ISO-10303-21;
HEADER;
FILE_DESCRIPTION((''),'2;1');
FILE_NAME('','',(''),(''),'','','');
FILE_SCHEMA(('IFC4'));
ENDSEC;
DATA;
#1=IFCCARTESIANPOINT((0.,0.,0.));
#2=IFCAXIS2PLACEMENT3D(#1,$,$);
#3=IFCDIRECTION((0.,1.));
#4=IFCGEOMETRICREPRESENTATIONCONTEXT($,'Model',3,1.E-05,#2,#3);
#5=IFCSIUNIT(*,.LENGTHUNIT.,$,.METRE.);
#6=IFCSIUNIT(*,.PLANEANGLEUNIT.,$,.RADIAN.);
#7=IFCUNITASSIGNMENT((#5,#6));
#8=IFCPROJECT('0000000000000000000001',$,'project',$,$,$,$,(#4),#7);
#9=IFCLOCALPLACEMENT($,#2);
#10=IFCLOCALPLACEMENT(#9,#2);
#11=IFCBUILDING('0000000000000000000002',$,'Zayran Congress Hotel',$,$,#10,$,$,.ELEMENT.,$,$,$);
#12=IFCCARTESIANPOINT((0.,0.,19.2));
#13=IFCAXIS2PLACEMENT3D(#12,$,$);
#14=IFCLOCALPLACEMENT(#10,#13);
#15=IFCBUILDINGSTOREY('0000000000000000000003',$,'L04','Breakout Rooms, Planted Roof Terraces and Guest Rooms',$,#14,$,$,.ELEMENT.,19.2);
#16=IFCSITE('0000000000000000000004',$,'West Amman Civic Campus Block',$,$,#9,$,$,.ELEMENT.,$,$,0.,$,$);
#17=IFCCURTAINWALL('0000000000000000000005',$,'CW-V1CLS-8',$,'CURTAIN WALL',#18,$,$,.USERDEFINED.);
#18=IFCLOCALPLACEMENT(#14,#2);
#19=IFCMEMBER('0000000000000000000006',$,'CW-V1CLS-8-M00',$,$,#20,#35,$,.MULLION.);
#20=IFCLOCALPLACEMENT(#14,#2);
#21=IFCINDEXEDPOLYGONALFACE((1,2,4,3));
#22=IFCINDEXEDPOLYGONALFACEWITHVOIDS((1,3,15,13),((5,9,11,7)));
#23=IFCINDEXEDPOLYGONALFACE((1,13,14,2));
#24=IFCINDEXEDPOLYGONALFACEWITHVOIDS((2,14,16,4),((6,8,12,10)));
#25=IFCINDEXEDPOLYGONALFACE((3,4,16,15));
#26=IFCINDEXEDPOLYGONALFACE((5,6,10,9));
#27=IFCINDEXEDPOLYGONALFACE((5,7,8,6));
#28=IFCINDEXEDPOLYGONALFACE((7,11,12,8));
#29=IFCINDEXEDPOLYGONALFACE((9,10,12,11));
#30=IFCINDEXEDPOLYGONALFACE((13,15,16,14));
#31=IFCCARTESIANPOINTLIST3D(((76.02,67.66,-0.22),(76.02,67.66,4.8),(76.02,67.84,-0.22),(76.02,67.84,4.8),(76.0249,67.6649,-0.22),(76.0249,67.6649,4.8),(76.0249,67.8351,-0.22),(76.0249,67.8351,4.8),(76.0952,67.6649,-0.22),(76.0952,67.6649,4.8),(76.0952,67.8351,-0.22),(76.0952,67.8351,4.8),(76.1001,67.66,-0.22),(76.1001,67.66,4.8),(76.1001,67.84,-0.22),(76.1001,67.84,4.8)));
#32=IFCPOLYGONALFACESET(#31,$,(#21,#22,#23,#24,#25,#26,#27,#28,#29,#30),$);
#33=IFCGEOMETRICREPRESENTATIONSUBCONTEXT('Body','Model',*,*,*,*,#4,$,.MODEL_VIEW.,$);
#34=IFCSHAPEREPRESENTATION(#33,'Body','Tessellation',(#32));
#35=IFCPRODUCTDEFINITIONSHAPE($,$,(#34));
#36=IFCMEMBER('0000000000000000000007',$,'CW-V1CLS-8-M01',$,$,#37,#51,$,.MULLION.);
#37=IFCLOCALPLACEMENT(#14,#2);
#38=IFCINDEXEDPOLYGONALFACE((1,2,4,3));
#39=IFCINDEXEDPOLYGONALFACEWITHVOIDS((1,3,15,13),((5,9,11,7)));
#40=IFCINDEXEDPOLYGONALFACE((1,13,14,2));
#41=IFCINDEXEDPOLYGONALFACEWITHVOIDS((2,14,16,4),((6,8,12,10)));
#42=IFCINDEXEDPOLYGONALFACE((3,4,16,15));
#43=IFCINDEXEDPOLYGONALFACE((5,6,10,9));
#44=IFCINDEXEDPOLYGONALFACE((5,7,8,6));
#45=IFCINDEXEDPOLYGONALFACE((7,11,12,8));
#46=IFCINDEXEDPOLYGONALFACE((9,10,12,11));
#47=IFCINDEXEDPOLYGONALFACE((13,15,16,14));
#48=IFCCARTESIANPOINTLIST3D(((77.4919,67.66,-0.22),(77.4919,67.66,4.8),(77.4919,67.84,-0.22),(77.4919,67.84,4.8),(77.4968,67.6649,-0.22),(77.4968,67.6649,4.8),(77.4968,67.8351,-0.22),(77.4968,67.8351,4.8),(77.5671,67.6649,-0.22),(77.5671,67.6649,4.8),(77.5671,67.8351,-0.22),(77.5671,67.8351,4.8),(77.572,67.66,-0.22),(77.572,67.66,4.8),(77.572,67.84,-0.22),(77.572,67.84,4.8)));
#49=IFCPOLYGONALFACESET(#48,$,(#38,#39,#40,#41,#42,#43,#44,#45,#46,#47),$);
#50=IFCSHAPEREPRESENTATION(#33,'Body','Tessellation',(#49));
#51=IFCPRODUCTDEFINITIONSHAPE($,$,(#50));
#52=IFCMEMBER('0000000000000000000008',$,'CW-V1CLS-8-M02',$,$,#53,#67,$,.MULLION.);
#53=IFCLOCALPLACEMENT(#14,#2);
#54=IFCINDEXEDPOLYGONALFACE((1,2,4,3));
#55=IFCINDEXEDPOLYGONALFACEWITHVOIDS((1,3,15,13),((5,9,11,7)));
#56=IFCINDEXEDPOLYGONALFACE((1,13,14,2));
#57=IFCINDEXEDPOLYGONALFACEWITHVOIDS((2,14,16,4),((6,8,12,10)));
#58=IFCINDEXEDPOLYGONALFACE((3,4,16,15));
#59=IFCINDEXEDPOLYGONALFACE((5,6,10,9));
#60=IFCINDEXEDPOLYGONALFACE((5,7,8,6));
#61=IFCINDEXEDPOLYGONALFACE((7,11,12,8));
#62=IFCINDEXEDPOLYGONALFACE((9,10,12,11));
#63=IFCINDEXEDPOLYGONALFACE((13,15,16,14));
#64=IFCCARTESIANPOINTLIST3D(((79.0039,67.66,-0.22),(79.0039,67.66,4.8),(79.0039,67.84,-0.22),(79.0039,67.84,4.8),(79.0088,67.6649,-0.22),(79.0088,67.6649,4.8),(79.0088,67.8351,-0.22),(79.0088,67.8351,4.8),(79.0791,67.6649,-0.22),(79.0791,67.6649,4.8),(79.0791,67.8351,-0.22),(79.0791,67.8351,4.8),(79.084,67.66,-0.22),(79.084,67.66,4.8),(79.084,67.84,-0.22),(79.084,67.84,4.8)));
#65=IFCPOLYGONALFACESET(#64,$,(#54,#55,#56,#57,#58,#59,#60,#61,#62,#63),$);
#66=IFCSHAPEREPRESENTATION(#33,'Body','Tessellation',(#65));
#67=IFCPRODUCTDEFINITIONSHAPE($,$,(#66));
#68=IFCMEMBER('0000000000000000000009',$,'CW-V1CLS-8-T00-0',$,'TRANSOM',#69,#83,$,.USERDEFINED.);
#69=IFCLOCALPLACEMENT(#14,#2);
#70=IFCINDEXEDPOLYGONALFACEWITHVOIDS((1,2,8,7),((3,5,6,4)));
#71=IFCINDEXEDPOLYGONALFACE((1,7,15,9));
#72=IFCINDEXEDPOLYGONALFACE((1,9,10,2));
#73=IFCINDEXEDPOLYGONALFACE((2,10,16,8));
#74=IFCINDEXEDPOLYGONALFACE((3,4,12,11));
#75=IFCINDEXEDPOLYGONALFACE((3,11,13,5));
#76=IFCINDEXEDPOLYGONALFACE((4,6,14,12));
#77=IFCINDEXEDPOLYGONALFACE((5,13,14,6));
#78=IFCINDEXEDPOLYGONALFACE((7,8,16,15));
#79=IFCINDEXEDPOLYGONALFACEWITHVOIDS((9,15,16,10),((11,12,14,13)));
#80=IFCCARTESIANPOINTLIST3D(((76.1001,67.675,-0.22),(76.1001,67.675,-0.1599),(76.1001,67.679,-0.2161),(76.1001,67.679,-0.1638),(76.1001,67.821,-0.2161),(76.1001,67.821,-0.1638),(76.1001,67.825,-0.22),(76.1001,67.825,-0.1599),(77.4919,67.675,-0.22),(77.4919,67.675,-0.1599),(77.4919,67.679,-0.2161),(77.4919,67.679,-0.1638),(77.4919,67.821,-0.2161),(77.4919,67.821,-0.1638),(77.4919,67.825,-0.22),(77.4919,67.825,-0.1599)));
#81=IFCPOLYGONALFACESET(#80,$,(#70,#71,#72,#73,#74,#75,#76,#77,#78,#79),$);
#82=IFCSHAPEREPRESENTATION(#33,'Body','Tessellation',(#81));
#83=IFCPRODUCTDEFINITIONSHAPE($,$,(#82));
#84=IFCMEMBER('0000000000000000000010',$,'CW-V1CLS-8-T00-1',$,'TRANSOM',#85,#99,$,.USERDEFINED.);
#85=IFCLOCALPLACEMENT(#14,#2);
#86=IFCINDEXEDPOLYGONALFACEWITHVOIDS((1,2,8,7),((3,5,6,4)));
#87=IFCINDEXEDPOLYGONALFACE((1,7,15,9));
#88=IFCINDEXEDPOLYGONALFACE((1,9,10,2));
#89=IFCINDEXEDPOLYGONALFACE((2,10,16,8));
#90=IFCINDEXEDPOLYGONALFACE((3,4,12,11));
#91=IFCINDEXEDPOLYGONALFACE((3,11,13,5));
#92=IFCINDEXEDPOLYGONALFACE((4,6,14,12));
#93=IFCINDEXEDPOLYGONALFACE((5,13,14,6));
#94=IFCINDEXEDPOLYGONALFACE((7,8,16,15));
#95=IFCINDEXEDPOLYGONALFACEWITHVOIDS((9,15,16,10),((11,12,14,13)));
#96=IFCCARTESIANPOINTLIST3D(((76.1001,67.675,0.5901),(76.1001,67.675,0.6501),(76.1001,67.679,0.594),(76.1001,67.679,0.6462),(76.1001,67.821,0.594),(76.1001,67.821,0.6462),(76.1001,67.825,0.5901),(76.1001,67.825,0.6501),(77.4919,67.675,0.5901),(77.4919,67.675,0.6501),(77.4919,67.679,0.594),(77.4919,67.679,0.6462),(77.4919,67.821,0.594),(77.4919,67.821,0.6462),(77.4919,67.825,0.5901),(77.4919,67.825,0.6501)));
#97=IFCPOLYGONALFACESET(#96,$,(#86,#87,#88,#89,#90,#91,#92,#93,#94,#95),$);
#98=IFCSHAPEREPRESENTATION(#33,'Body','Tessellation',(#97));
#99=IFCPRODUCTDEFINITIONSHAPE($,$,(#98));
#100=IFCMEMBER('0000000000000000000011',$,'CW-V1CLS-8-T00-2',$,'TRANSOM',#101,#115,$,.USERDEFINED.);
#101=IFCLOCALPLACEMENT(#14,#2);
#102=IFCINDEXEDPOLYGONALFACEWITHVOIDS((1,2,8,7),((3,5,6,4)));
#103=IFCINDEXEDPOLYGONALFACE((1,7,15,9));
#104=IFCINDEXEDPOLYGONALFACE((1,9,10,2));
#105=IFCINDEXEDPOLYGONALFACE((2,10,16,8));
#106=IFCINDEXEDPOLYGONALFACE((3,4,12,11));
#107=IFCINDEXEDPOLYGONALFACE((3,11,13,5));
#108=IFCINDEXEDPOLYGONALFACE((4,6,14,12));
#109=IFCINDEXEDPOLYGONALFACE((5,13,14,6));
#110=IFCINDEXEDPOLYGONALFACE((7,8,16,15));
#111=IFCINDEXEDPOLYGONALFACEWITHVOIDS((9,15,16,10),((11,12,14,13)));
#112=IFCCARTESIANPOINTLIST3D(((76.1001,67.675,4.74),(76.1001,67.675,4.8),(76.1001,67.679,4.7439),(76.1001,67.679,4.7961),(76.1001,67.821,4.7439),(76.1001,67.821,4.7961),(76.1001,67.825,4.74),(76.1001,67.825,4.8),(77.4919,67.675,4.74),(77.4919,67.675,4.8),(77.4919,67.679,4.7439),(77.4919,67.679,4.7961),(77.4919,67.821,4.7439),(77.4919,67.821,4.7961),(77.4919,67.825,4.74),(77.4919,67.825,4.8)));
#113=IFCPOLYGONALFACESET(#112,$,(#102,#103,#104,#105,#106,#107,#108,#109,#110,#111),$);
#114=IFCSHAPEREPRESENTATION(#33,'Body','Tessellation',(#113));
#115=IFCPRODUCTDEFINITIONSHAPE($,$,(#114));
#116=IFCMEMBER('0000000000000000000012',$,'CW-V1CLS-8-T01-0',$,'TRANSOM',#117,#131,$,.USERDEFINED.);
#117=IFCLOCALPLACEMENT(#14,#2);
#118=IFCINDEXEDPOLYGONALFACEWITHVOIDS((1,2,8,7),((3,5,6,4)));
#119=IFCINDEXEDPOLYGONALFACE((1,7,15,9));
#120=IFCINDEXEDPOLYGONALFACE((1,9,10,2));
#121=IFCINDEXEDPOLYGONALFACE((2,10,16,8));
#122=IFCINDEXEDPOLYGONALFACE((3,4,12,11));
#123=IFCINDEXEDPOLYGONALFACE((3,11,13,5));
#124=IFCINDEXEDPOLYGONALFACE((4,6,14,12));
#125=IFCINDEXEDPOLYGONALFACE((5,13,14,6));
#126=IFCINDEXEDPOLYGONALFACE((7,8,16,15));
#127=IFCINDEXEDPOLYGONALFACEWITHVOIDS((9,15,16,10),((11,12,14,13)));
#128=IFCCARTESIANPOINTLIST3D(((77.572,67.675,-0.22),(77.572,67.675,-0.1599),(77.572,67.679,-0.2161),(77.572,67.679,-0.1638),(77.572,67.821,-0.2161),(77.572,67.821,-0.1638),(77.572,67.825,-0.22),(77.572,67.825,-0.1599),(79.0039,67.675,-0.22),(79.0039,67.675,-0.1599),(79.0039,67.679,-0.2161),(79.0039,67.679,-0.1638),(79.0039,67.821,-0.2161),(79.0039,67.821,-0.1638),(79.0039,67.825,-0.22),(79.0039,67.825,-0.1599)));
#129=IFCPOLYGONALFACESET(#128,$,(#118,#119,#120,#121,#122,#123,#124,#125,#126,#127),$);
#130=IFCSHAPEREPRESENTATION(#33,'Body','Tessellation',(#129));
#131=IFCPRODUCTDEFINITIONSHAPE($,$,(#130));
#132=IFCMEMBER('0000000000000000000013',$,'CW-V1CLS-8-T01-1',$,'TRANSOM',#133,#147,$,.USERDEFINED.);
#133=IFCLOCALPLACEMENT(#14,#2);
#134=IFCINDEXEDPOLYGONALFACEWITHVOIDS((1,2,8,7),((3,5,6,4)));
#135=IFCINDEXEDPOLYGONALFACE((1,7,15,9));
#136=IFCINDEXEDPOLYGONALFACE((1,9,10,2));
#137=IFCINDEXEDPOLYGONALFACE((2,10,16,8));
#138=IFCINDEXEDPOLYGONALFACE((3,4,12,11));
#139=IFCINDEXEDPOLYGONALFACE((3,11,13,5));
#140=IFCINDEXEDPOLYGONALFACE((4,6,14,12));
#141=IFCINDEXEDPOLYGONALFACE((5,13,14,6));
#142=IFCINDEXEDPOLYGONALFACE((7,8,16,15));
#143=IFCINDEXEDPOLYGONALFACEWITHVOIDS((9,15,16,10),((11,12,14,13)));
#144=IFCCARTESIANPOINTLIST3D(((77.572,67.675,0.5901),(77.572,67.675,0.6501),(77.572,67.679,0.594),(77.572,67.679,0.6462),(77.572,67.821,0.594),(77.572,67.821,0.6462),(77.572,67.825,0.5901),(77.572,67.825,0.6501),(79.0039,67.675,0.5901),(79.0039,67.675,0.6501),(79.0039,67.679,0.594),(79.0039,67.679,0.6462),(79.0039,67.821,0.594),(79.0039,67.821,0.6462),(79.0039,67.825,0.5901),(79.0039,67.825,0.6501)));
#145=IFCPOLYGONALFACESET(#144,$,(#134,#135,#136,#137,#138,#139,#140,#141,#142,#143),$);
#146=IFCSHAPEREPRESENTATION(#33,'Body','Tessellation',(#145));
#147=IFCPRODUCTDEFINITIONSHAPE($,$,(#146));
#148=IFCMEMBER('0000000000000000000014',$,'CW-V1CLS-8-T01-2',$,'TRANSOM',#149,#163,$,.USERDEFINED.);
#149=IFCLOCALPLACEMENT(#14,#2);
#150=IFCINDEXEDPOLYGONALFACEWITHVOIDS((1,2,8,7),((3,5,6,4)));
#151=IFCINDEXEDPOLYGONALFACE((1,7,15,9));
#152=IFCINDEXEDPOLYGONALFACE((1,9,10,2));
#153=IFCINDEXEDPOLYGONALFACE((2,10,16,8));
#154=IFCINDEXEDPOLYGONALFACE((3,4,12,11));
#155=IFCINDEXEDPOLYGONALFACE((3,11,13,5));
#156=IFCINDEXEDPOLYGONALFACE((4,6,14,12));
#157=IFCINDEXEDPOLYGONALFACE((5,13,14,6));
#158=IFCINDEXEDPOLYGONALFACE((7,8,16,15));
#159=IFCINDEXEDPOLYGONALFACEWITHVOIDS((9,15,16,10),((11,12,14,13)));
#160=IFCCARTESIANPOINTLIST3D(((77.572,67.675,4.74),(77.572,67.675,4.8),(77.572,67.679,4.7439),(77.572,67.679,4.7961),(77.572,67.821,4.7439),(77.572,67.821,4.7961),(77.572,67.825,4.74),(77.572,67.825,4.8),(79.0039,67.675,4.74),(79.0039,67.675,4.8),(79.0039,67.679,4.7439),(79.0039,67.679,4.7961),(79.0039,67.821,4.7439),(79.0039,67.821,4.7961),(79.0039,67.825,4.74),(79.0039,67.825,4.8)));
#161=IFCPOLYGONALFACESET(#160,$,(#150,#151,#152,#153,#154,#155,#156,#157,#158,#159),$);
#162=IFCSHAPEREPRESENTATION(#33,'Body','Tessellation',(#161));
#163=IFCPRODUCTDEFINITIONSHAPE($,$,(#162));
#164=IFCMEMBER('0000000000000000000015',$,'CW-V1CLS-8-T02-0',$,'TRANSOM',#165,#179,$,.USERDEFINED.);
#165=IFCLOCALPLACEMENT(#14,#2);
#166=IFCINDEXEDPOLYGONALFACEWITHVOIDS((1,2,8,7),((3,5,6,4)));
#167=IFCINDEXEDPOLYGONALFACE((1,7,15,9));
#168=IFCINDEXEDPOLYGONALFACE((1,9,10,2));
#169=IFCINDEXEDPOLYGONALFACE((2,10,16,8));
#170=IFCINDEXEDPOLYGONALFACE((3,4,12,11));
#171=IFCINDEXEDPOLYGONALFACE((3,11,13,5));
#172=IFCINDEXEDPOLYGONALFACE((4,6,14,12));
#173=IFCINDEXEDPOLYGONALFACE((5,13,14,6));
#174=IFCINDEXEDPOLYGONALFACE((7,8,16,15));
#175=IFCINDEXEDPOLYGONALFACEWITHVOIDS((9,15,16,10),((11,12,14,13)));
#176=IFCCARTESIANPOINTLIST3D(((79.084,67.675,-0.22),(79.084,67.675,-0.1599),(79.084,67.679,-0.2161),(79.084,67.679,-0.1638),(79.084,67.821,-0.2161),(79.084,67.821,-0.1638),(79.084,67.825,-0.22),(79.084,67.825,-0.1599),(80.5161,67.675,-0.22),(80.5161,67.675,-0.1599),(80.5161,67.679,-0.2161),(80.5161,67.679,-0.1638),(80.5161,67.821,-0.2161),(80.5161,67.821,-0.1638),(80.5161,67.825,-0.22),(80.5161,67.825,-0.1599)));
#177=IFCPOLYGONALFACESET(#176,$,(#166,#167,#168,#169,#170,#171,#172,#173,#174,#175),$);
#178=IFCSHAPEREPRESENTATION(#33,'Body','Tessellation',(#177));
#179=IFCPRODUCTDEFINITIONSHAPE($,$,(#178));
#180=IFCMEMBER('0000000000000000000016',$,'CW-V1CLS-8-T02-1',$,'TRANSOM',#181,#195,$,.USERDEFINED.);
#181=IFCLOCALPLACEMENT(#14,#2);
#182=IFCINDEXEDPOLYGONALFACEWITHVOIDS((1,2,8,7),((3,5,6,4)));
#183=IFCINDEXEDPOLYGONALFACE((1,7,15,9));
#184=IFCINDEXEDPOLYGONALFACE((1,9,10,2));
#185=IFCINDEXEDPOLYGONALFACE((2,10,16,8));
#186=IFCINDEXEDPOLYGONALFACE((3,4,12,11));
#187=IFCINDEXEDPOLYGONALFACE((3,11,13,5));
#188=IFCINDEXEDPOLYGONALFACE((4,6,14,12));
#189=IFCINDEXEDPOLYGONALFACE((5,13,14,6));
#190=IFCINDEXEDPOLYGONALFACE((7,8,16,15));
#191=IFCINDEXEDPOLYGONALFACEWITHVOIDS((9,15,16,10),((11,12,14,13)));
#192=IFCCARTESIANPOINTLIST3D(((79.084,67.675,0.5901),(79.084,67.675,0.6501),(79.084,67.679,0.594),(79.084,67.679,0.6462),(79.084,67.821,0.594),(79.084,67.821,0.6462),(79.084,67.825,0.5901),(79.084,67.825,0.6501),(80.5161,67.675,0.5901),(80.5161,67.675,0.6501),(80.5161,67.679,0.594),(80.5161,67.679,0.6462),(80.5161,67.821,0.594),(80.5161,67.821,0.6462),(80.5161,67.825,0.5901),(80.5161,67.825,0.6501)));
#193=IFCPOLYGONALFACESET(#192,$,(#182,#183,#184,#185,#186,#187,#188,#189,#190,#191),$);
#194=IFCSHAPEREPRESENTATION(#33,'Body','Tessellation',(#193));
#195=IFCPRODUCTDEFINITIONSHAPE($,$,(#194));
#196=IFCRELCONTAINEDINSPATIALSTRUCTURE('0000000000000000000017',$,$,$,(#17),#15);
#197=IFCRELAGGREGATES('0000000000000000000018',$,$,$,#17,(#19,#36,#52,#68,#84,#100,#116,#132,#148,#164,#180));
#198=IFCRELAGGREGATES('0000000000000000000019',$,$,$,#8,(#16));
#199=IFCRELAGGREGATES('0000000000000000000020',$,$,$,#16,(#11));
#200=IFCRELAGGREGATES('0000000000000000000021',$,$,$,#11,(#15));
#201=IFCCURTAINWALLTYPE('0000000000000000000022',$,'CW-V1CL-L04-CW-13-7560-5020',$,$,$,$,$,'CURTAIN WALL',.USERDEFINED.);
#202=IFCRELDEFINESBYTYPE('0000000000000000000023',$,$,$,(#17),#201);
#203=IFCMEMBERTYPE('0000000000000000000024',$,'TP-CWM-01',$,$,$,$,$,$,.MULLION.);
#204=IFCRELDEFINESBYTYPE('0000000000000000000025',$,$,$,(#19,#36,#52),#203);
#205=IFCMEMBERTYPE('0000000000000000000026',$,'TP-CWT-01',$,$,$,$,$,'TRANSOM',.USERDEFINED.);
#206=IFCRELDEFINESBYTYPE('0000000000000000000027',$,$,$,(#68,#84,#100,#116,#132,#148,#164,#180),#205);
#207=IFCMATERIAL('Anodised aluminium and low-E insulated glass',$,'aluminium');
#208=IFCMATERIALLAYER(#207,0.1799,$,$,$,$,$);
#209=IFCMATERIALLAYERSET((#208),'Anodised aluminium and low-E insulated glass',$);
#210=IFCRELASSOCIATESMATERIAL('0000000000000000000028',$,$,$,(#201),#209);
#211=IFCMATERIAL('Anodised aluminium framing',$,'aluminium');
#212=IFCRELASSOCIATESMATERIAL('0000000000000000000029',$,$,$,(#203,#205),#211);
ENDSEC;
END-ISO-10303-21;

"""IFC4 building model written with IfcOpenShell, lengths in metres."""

from ifc_helpers import new_model, si_unit, direction, frame, origin, origin_2d, place, context, subcontext, project, spatial, hollow_rectangle, extrude, material, layer, layer_set, material_profile, profile_set, type_object, element, aggregate, save


model = new_model("IFC4")

# Units and contexts
model_context = context("Model", 3, precision=1e-05, world=origin(), true_north=direction((0.0, 1.0)))
body_context = subcontext(model_context, "Body", "Model", "MODEL_VIEW")
ifc_project = project(units=[si_unit("LENGTHUNIT", "METRE"), si_unit("PLANEANGLEUNIT", "RADIAN")], contexts=[model_context])

# Site, building, storey
site_placement = place(None, origin())
site = spatial("IfcSite", under=ifc_project, at=site_placement, Name="West Amman Civic Campus Block", CompositionType="ELEMENT", RefElevation=0.0)
building_placement = place(site_placement, origin())
building = spatial("IfcBuilding", under=site, at=building_placement, Name="Zayran Congress Hotel", CompositionType="ELEMENT")
storey_placement = place(building_placement, frame((0.0, 0.0, 19.2)))
storey = spatial("IfcBuildingStorey", under=building, at=storey_placement, Name="L04", Description="Breakout Rooms, Planted Roof Terraces and Guest Rooms", CompositionType="ELEMENT", Elevation=19.2)

# Curtain wall, members
ifc_material_1 = material(Name="Anodised aluminium and low-E insulated glass", Category="aluminium")
ifc_layer_1 = layer(ifc_material_1, 0.1799)
ifc_layer_set_1 = layer_set([ifc_layer_1], Name="Anodised aluminium and low-E insulated glass")
curtain_wall_type = type_object("IfcCurtainWallType", Name="CW-V1CL-L04-CW-13-7560-5020", ElementType="CURTAIN WALL", PredefinedType="USERDEFINED", material=ifc_layer_set_1)
curtain_wall_placement = place(storey_placement, origin())
curtain_wall = element("IfcCurtainWall", 1, at=curtain_wall_placement, inside=storey, type_object=curtain_wall_type, Name="CW-V1CLS-8", ObjectType="CURTAIN WALL", PredefinedType="USERDEFINED")
ifc_material_2 = material(Name="Anodised aluminium framing", Category="aluminium")
ifc_material_profile_1 = material_profile(ifc_material_2, hollow_rectangle(XDim=0.0801, YDim=0.1799, WallThickness=0.0049, at=origin_2d()), Name="RHS 180x80x5")
ifc_profile_set_1 = profile_set([ifc_material_profile_1], Name="Anodised aluminium framing")
member_type_1 = type_object("IfcMemberType", Name="TP-CWM-01", PredefinedType="MULLION", material=ifc_profile_set_1)
member_1_placement = place(storey_placement, frame((76.0601, 67.75, -0.22), z_axis=(0.0, 0.0, 1.0), x_axis=(1.0, 0.0, 0.0)))
member_1 = element("IfcMember", 2, at=member_1_placement, type_object=member_type_1, Name="CW-V1CLS-8-M00", PredefinedType="MULLION", context=body_context, shape_type="SweptSolid", body=[
    extrude(hollow_rectangle(XDim=0.0801, YDim=0.1799, WallThickness=0.0049, at=origin_2d()), origin(), (0.0, 0.0, 1.0), 5.02),
])
member_2_placement = place(storey_placement, frame((77.532, 67.75, -0.22), z_axis=(0.0, 0.0, 1.0), x_axis=(1.0, 0.0, 0.0)))
member_2 = element("IfcMember", 3, at=member_2_placement, type_object=member_type_1, Name="CW-V1CLS-8-M01", PredefinedType="MULLION", context=body_context, shape_type="SweptSolid", body=[
    extrude(hollow_rectangle(XDim=0.0801, YDim=0.1799, WallThickness=0.0049, at=origin_2d()), origin(), (0.0, 0.0, 1.0), 5.02),
])
member_3_placement = place(storey_placement, frame((79.0439, 67.75, -0.22), z_axis=(0.0, 0.0, 1.0), x_axis=(1.0, 0.0, 0.0)))
member_3 = element("IfcMember", 4, at=member_3_placement, type_object=member_type_1, Name="CW-V1CLS-8-M02", PredefinedType="MULLION", context=body_context, shape_type="SweptSolid", body=[
    extrude(hollow_rectangle(XDim=0.0801, YDim=0.1799, WallThickness=0.0049, at=origin_2d()), origin(), (0.0, 0.0, 1.0), 5.02),
])
ifc_material_profile_2 = material_profile(ifc_material_2, hollow_rectangle(XDim=0.0601, YDim=0.1499, WallThickness=0.0039, at=origin_2d()), Name="RHS 150x60x4")
ifc_profile_set_2 = profile_set([ifc_material_profile_2], Name="Anodised aluminium framing")
member_type_2 = type_object("IfcMemberType", Name="TP-CWT-01", ElementType="TRANSOM", PredefinedType="USERDEFINED", material=ifc_profile_set_2)
member_4_placement = place(storey_placement, frame((76.1001, 67.75, -0.1899), z_axis=(1.0, 0.0, 0.0), x_axis=(0.0, 0.0, 1.0)))
member_4 = element("IfcMember", 5, at=member_4_placement, type_object=member_type_2, Name="CW-V1CLS-8-T00-0", ObjectType="TRANSOM", PredefinedType="USERDEFINED", context=body_context, shape_type="SweptSolid", body=[
    extrude(hollow_rectangle(XDim=0.0601, YDim=0.1499, WallThickness=0.0039, at=origin_2d()), origin(), (0.0, 0.0, 1.0), 1.3918),
])
member_5_placement = place(storey_placement, frame((76.1001, 67.75, 0.6201), z_axis=(1.0, 0.0, 0.0), x_axis=(0.0, 0.0, 1.0)))
member_5 = element("IfcMember", 6, at=member_5_placement, type_object=member_type_2, Name="CW-V1CLS-8-T00-1", ObjectType="TRANSOM", PredefinedType="USERDEFINED", context=body_context, shape_type="SweptSolid", body=[
    extrude(hollow_rectangle(XDim=0.0601, YDim=0.1499, WallThickness=0.0039, at=origin_2d()), origin(), (0.0, 0.0, 1.0), 1.3918),
])
member_6_placement = place(storey_placement, frame((76.1001, 67.75, 4.77), z_axis=(1.0, 0.0, 0.0), x_axis=(0.0, 0.0, 1.0)))
member_6 = element("IfcMember", 7, at=member_6_placement, type_object=member_type_2, Name="CW-V1CLS-8-T00-2", ObjectType="TRANSOM", PredefinedType="USERDEFINED", context=body_context, shape_type="SweptSolid", body=[
    extrude(hollow_rectangle(XDim=0.0601, YDim=0.1499, WallThickness=0.0039, at=origin_2d()), origin(), (0.0, 0.0, 1.0), 1.3918),
])
member_7_placement = place(storey_placement, frame((77.572, 67.75, -0.1899), z_axis=(1.0, 0.0, 0.0), x_axis=(0.0, 0.0, 1.0)))
member_7 = element("IfcMember", 8, at=member_7_placement, type_object=member_type_2, Name="CW-V1CLS-8-T01-0", ObjectType="TRANSOM", PredefinedType="USERDEFINED", context=body_context, shape_type="SweptSolid", body=[
    extrude(hollow_rectangle(XDim=0.0601, YDim=0.1499, WallThickness=0.0039, at=origin_2d()), origin(), (0.0, 0.0, 1.0), 1.4319),
])
member_8_placement = place(storey_placement, frame((77.572, 67.75, 0.6201), z_axis=(1.0, 0.0, 0.0), x_axis=(0.0, 0.0, 1.0)))
member_8 = element("IfcMember", 9, at=member_8_placement, type_object=member_type_2, Name="CW-V1CLS-8-T01-1", ObjectType="TRANSOM", PredefinedType="USERDEFINED", context=body_context, shape_type="SweptSolid", body=[
    extrude(hollow_rectangle(XDim=0.0601, YDim=0.1499, WallThickness=0.0039, at=origin_2d()), origin(), (0.0, 0.0, 1.0), 1.4319),
])
member_9_placement = place(storey_placement, frame((77.572, 67.75, 4.77), z_axis=(1.0, 0.0, 0.0), x_axis=(0.0, 0.0, 1.0)))
member_9 = element("IfcMember", 10, at=member_9_placement, type_object=member_type_2, Name="CW-V1CLS-8-T01-2", ObjectType="TRANSOM", PredefinedType="USERDEFINED", context=body_context, shape_type="SweptSolid", body=[
    extrude(hollow_rectangle(XDim=0.0601, YDim=0.1499, WallThickness=0.0039, at=origin_2d()), origin(), (0.0, 0.0, 1.0), 1.4319),
])
member_10_placement = place(storey_placement, frame((79.084, 67.75, -0.1899), z_axis=(1.0, 0.0, 0.0), x_axis=(0.0, 0.0, 1.0)))
member_10 = element("IfcMember", 11, at=member_10_placement, type_object=member_type_2, Name="CW-V1CLS-8-T02-0", ObjectType="TRANSOM", PredefinedType="USERDEFINED", context=body_context, shape_type="SweptSolid", body=[
    extrude(hollow_rectangle(XDim=0.0601, YDim=0.1499, WallThickness=0.0039, at=origin_2d()), origin(), (0.0, 0.0, 1.0), 1.4321),
])
member_11_placement = place(storey_placement, frame((79.084, 67.75, 0.6201), z_axis=(1.0, 0.0, 0.0), x_axis=(0.0, 0.0, 1.0)))
member_11 = element("IfcMember", 12, at=member_11_placement, type_object=member_type_2, Name="CW-V1CLS-8-T02-1", ObjectType="TRANSOM", PredefinedType="USERDEFINED", context=body_context, shape_type="SweptSolid", body=[
    extrude(hollow_rectangle(XDim=0.0601, YDim=0.1499, WallThickness=0.0039, at=origin_2d()), origin(), (0.0, 0.0, 1.0), 1.4321),
])
aggregate(curtain_wall, [member_1, member_2, member_3, member_4, member_5, member_6, member_7, member_8, member_9, member_10, member_11])

save(model, "model.ifc")
